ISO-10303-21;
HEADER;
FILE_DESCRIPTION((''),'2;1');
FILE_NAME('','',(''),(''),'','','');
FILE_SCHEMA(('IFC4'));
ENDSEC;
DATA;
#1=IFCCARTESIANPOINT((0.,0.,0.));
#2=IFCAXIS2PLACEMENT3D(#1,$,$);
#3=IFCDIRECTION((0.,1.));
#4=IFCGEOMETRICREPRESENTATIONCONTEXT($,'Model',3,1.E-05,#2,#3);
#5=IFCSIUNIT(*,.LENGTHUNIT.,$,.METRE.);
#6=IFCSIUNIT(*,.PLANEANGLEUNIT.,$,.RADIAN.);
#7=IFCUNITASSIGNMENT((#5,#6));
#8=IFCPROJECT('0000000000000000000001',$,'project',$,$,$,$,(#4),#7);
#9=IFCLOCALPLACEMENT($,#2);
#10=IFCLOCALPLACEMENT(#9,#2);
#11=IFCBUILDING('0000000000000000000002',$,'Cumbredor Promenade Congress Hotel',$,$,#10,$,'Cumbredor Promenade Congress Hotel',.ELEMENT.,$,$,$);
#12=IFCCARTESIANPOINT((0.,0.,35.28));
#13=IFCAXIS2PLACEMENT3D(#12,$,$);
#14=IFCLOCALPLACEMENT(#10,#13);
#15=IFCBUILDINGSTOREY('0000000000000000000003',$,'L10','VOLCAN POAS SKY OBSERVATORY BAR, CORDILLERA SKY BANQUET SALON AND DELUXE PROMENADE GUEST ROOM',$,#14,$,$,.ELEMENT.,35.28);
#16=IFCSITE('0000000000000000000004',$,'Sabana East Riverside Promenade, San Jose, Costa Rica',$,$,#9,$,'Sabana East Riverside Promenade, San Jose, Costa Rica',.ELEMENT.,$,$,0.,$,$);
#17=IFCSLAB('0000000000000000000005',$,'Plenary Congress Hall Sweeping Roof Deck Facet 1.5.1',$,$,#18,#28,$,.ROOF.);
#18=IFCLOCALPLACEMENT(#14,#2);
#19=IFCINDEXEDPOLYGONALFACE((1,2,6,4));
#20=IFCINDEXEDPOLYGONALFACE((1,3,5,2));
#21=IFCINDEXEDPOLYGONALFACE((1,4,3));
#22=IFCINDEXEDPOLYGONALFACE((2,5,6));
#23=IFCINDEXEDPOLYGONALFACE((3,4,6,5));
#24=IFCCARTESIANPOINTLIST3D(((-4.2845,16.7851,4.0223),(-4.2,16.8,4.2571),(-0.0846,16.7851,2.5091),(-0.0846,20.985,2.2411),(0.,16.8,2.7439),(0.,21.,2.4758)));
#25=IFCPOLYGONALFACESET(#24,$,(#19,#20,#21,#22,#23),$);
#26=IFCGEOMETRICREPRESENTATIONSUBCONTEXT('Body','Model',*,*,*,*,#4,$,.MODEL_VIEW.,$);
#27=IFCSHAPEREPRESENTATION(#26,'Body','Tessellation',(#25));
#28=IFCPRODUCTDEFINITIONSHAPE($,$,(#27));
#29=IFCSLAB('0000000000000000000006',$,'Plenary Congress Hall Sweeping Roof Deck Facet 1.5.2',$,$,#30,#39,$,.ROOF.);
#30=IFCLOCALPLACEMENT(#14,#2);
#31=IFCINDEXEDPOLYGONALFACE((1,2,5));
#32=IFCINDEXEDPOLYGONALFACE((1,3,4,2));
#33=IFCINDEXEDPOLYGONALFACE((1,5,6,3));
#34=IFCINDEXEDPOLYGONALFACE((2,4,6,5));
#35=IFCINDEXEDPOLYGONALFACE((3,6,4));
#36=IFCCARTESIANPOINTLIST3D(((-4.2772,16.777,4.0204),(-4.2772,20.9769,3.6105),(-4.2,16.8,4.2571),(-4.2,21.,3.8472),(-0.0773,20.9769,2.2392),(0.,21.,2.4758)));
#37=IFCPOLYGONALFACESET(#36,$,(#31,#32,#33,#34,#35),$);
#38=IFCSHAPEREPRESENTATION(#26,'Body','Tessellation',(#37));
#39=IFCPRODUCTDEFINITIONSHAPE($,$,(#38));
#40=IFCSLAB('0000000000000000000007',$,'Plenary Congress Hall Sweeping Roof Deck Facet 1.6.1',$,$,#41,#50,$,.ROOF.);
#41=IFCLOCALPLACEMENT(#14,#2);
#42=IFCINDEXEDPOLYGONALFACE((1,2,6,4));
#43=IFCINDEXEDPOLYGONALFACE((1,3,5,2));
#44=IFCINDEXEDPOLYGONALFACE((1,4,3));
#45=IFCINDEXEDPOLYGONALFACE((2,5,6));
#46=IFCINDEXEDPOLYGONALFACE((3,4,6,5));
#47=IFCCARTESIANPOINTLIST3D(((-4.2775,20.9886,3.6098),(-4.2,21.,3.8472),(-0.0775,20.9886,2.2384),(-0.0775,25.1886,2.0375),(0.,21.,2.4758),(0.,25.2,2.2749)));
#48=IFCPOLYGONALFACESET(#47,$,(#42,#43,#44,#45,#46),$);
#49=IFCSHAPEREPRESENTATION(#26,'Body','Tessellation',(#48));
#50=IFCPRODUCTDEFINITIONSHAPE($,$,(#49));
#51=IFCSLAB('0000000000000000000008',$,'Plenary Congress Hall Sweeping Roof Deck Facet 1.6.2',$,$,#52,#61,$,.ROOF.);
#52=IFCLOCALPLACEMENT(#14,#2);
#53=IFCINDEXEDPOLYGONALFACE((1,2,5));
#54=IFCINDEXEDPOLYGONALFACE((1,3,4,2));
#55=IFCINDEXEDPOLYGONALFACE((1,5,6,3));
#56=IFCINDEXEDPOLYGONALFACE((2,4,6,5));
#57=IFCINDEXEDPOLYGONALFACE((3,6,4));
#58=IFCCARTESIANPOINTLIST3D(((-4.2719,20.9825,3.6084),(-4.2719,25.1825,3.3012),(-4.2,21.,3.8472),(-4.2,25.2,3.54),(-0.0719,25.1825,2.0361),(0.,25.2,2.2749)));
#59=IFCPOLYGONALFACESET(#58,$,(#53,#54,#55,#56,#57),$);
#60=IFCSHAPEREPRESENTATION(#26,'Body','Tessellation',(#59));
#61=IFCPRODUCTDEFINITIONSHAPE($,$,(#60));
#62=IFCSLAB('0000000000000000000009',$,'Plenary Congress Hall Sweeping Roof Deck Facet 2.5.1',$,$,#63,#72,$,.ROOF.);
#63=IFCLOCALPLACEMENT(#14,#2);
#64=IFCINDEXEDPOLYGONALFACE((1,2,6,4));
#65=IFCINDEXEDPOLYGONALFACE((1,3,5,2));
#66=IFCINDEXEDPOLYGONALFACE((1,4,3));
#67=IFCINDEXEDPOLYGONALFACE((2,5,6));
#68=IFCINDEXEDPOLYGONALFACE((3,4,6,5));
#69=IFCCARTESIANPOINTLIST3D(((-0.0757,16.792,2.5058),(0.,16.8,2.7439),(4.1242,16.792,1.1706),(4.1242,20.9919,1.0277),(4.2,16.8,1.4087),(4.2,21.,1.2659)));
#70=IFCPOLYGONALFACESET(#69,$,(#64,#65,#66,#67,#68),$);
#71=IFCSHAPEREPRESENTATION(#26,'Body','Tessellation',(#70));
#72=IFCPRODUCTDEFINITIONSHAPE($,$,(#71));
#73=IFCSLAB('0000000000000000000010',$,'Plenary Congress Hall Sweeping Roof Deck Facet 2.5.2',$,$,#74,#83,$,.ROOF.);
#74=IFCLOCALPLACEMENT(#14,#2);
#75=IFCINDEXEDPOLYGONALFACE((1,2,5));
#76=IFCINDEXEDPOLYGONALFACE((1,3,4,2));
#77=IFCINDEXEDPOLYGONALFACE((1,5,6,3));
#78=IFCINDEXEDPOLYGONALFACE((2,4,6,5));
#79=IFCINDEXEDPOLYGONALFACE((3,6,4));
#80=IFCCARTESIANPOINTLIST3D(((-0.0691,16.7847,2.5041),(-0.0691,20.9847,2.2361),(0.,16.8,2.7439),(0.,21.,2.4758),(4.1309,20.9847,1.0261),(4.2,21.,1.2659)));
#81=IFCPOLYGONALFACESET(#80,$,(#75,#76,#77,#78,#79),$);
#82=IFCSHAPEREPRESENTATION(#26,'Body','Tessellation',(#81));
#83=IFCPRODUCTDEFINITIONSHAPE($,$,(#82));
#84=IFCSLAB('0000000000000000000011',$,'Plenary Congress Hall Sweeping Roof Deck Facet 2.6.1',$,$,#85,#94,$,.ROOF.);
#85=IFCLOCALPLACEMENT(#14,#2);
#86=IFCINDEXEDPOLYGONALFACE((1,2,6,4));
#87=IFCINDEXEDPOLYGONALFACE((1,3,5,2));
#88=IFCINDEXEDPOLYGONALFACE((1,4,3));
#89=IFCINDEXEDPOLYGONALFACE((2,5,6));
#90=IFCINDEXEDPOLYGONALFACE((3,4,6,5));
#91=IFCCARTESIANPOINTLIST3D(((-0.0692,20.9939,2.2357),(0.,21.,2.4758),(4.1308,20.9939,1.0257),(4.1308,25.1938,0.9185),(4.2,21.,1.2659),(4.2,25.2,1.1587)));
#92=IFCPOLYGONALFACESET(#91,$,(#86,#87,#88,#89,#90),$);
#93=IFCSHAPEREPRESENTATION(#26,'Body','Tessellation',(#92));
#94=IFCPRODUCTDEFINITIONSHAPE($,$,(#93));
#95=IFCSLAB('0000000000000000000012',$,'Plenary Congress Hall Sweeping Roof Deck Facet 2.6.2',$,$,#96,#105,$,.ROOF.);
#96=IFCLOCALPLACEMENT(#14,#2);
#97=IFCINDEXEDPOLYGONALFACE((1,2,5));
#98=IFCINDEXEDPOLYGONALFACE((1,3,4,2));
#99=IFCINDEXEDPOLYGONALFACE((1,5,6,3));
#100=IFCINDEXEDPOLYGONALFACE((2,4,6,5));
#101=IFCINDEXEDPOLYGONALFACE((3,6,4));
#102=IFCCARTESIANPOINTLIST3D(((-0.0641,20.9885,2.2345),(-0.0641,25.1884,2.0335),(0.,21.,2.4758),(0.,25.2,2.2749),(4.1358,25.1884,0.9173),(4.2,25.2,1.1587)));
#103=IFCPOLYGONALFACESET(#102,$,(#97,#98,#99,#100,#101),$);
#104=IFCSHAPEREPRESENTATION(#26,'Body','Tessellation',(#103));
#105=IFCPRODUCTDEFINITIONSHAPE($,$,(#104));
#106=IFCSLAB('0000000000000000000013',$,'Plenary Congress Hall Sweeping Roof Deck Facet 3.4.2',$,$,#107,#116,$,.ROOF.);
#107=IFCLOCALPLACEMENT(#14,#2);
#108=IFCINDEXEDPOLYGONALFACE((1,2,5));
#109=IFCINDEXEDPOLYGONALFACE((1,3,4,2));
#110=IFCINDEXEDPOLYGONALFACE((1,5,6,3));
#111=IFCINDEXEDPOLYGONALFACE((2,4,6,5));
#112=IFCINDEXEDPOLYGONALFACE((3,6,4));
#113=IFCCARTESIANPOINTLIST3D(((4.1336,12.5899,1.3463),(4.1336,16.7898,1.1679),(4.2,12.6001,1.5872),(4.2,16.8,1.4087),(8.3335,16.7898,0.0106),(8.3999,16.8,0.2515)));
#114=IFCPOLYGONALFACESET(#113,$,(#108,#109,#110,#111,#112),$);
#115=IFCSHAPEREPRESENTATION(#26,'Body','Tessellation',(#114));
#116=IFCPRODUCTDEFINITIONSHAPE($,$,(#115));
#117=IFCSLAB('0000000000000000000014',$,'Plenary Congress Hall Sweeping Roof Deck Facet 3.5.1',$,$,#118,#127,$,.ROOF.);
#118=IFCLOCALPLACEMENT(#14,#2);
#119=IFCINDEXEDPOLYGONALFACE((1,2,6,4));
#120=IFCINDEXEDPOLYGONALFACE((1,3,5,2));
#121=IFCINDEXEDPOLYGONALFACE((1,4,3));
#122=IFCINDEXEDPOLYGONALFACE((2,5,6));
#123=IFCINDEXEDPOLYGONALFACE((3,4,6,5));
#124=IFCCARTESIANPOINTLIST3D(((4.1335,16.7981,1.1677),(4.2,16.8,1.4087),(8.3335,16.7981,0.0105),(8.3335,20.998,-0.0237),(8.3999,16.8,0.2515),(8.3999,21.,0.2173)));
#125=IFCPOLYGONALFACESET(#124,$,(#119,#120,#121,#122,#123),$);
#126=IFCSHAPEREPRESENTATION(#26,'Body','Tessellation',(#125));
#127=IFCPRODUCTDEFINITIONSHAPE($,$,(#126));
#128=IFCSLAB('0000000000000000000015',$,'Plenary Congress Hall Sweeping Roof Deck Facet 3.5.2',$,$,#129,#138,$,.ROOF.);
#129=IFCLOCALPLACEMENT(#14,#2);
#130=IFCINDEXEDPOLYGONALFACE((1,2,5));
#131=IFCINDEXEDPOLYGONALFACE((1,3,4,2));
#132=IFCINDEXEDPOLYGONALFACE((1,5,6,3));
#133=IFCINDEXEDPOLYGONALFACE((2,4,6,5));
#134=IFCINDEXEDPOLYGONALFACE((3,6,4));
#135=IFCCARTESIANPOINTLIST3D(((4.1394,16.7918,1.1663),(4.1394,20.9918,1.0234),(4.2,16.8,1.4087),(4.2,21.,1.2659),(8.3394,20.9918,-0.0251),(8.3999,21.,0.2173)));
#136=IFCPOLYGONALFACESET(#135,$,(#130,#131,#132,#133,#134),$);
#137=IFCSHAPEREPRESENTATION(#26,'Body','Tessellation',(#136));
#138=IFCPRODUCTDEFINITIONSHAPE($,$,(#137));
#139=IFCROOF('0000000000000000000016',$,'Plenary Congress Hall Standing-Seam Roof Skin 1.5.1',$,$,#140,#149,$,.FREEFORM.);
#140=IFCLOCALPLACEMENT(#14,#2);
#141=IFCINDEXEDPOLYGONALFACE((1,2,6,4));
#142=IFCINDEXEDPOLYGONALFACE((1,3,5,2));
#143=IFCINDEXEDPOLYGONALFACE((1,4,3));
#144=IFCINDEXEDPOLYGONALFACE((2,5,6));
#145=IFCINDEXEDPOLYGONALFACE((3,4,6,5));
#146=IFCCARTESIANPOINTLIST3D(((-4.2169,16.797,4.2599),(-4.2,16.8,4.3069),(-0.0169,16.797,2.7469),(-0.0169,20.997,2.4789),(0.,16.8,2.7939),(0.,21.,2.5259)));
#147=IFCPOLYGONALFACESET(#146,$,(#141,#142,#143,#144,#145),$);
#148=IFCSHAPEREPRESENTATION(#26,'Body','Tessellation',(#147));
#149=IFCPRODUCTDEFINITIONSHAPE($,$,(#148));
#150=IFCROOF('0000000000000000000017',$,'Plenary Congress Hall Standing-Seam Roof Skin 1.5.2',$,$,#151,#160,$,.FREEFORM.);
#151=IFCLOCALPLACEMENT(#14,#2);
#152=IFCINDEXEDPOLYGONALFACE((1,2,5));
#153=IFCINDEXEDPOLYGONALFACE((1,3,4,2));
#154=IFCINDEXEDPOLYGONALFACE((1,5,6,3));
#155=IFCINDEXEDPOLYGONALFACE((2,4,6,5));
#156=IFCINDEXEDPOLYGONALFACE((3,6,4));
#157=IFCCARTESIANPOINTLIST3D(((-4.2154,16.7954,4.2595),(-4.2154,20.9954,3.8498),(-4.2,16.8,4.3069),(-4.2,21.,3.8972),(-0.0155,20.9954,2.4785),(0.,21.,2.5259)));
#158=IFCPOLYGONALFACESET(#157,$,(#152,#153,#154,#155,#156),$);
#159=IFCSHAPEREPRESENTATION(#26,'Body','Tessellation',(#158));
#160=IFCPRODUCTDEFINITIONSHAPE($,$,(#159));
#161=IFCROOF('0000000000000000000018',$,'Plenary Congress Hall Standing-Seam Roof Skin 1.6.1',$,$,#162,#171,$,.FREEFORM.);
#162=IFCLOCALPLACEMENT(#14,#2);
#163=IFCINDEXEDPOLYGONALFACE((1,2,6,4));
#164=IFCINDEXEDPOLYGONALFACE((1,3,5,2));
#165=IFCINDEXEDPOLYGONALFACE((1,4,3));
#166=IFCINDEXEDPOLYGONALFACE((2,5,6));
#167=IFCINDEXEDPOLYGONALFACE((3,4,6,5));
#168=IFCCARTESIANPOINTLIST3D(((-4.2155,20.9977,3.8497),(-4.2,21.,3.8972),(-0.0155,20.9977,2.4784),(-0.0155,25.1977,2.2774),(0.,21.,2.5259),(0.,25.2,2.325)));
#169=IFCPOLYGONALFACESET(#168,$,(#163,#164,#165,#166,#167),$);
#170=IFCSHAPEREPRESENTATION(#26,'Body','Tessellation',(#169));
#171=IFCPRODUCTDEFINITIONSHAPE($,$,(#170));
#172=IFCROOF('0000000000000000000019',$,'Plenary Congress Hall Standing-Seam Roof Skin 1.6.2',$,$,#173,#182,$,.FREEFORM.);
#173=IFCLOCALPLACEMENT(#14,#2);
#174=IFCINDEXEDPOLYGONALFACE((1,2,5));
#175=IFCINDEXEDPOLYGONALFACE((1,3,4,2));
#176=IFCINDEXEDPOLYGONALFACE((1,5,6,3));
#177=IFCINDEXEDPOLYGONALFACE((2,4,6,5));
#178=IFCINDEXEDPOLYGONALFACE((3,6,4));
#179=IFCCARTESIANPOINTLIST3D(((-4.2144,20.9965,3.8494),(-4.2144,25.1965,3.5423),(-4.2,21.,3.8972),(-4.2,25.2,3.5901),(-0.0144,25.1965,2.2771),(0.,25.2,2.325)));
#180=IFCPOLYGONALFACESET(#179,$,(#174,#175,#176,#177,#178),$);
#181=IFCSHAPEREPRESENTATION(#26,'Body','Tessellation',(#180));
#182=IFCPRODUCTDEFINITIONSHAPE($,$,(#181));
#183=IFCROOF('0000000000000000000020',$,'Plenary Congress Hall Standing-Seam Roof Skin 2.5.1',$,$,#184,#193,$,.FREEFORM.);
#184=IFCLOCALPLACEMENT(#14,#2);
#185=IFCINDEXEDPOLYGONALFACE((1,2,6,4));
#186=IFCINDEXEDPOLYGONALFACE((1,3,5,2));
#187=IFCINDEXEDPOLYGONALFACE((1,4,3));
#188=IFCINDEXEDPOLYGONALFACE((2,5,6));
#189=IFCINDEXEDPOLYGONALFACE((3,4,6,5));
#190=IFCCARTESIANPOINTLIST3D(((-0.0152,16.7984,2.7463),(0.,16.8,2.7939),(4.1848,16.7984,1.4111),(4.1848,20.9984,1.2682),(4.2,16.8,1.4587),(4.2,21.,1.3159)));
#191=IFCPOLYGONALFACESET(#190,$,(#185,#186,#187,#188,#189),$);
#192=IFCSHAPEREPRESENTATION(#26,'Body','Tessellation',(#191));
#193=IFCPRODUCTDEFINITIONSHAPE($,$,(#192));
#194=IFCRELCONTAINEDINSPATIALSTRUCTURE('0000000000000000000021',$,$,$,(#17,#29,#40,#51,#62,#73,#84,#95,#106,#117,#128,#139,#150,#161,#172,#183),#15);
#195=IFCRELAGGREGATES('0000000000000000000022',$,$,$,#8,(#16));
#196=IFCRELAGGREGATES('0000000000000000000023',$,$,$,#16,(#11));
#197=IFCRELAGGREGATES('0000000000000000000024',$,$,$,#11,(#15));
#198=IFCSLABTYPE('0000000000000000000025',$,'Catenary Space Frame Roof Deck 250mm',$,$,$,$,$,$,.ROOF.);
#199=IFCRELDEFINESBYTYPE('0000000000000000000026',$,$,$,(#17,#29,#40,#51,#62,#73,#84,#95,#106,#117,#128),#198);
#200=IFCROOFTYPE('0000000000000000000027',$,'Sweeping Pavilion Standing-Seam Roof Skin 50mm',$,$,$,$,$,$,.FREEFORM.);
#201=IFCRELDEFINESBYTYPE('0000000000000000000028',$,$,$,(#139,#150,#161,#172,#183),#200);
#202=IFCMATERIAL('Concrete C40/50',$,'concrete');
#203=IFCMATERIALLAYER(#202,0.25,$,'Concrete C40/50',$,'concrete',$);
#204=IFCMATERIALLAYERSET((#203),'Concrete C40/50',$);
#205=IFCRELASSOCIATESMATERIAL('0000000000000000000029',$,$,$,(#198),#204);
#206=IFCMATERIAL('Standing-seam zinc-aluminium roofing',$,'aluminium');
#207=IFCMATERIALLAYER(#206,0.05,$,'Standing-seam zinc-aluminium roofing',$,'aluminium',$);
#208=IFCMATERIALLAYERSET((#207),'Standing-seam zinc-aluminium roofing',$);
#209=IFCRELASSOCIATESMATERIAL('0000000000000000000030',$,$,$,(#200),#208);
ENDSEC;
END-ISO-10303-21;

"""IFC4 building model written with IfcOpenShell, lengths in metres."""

from ifc_helpers import new_model, si_unit, direction, frame, origin, place, context, subcontext, project, spatial, polyline, outline, extrude, material, layer, layer_set, type_object, element, save


model = new_model("IFC4")

# Units and contexts
model_context = context("Model", 3, precision=1e-05, world=origin(), true_north=direction((0.0, 1.0)))
body_context = subcontext(model_context, "Body", "Model", "MODEL_VIEW")
ifc_project = project(units=[si_unit("LENGTHUNIT", "METRE"), si_unit("PLANEANGLEUNIT", "RADIAN")], contexts=[model_context])

# Site, building, storey
site_placement = place(None, origin())
site = spatial("IfcSite", under=ifc_project, at=site_placement, Name="Sabana East Riverside Promenade, San Jose, Costa Rica", LongName="Sabana East Riverside Promenade, San Jose, Costa Rica", CompositionType="ELEMENT", RefElevation=0.0)
building_placement = place(site_placement, origin())
building = spatial("IfcBuilding", under=site, at=building_placement, Name="Cumbredor Promenade Congress Hotel", LongName="Cumbredor Promenade Congress Hotel", CompositionType="ELEMENT")
storey_placement = place(building_placement, frame((0.0, 0.0, 35.28)))
storey = spatial("IfcBuildingStorey", under=building, at=storey_placement, Name="L10", Description="VOLCAN POAS SKY OBSERVATORY BAR, CORDILLERA SKY BANQUET SALON AND DELUXE PROMENADE GUEST ROOM", CompositionType="ELEMENT", Elevation=35.28)

# Slabs
ifc_material_1 = material(Name="Concrete C40/50", Category="concrete")
ifc_layer_1 = layer(ifc_material_1, 0.25, Name="Concrete C40/50", Category="concrete")
ifc_layer_set_1 = layer_set([ifc_layer_1], Name="Concrete C40/50")
slab_type = type_object("IfcSlabType", Name="Catenary Space Frame Roof Deck 250mm", PredefinedType="ROOF", material=ifc_layer_set_1)
slab_1_placement = place(storey_placement, frame((-4.2, 16.8, 4.2571), z_axis=(0.338348, 0.05994, 0.93911), x_axis=(0.940802, 0.0, -0.338958)))
element("IfcSlab", 1, at=slab_1_placement, inside=storey, type_object=slab_type, Name="Plenary Congress Hall Sweeping Roof Deck Facet 1.5.1", PredefinedType="ROOF", context=body_context, shape_type="SweptSolid", body=[
    extrude(outline(polyline([(0.0, 0.0), (4.4642, 0.0), (4.5551, 4.2075), (0.0, 0.0)])), origin(), (0.0, 0.0, -1.0), 0.25),
])
slab_2_placement = place(storey_placement, frame((-4.2, 16.8, 4.2571), z_axis=(0.309059, 0.092382, 0.946545), x_axis=(0.677305, 0.677305, -0.287253)))
element("IfcSlab", 2, at=slab_2_placement, inside=storey, type_object=slab_type, Name="Plenary Congress Hall Sweeping Roof Deck Facet 1.5.2", PredefinedType="ROOF", context=body_context, shape_type="SweptSolid", body=[
    extrude(outline(polyline([(0.0, 0.0), (6.201, 0.0), (2.9624, 3.0053), (0.0, 0.0)])), origin(), (0.0, 0.0, -1.0), 0.25),
])
slab_3_placement = place(storey_placement, frame((-4.2, 21.0, 3.8472), z_axis=(0.310066, 0.045431, 0.949629), x_axis=(0.95061, 0.0, -0.310386)))
element("IfcSlab", 3, at=slab_3_placement, inside=storey, type_object=slab_type, Name="Plenary Congress Hall Sweeping Roof Deck Facet 1.6.1", PredefinedType="ROOF", context=body_context, shape_type="SweptSolid", body=[
    extrude(outline(polyline([(0.0, 0.0), (4.4182, 0.0), (4.4805, 4.2043), (0.0, 0.0)])), origin(), (0.0, 0.0, -1.0), 0.25),
])
slab_4_placement = place(storey_placement, frame((-4.2, 21.0, 3.8472), z_axis=(0.287721, 0.069848, 0.955164), x_axis=(0.683564, 0.683564, -0.255894)))
element("IfcSlab", 4, at=slab_4_placement, inside=storey, type_object=slab_type, Name="Plenary Congress Hall Sweeping Roof Deck Facet 1.6.2", PredefinedType="ROOF", context=body_context, shape_type="SweptSolid", body=[
    extrude(outline(polyline([(0.0, 0.0), (6.1442, 0.0), (2.9495, 3.0057), (0.0, 0.0)])), origin(), (0.0, 0.0, -1.0), 0.25),
])
slab_5_placement = place(storey_placement, frame((0.0, 16.8, 2.7439), z_axis=(0.302809, 0.03239, 0.952501), x_axis=(0.953001, 0.0, -0.302968)))
element("IfcSlab", 5, at=slab_5_placement, inside=storey, type_object=slab_type, Name="Plenary Congress Hall Sweeping Roof Deck Facet 2.5.1", PredefinedType="ROOF", context=body_context, shape_type="SweptSolid", body=[
    extrude(outline(polyline([(0.0, 0.0), (4.4071, 0.0), (4.4504, 4.2022), (0.0, 0.0)])), origin(), (0.0, 0.0, -1.0), 0.25),
])
slab_6_placement = place(storey_placement, frame((0.0, 16.8, 2.7439), z_axis=(0.276311, 0.061217, 0.959117), x_axis=(0.686181, 0.686181, -0.241478)))
element("IfcSlab", 6, at=slab_6_placement, inside=storey, type_object=slab_type, Name="Plenary Congress Hall Sweeping Roof Deck Facet 2.5.2", PredefinedType="ROOF", context=body_context, shape_type="SweptSolid", body=[
    extrude(outline(polyline([(0.0, 0.0), (6.1208, 0.0), (2.9467, 3.0048), (0.0, 0.0)])), origin(), (0.0, 0.0, -1.0), 0.25),
])
slab_7_placement = place(storey_placement, frame((0.0, 21.0, 2.4758), z_axis=(0.276747, 0.024514, 0.96063), x_axis=(0.960919, 0.0, -0.27683)))
element("IfcSlab", 7, at=slab_7_placement, inside=storey, type_object=slab_type, Name="Plenary Congress Hall Sweeping Roof Deck Facet 2.6.1", PredefinedType="ROOF", context=body_context, shape_type="SweptSolid", body=[
    extrude(outline(polyline([(0.0, 0.0), (4.3708, 0.0), (4.4004, 4.2012), (0.0, 0.0)])), origin(), (0.0, 0.0, -1.0), 0.25),
])
slab_8_placement = place(storey_placement, frame((0.0, 21.0, 2.4758), z_axis=(0.256577, 0.046186, 0.96542), x_axis=(0.690337, 0.690337, -0.216495)))
element("IfcSlab", 8, at=slab_8_placement, inside=storey, type_object=slab_type, Name="Plenary Congress Hall Sweeping Roof Deck Facet 2.6.2", PredefinedType="ROOF", context=body_context, shape_type="SweptSolid", body=[
    extrude(outline(polyline([(0.0, 0.0), (6.0839, 0.0), (2.9429, 3.0032), (0.0, 0.0)])), origin(), (0.0, 0.0, -1.0), 0.25),
])
slab_9_placement = place(storey_placement, frame((4.2, 12.6001, 1.5872), z_axis=(0.265412, 0.040932, 0.963266), x_axis=(0.689878, 0.689878, -0.219399)))
element("IfcSlab", 9, at=slab_9_placement, inside=storey, type_object=slab_type, Name="Plenary Congress Hall Sweeping Roof Deck Facet 3.4.2", PredefinedType="ROOF", context=body_context, shape_type="SweptSolid", body=[
    extrude(outline(polyline([(0.0, 0.0), (6.088, 0.0), (2.9366, 3.0079), (0.0, 0.0)])), origin(), (0.0, 0.0, -1.0), 0.25),
])
slab_10_placement = place(storey_placement, frame((4.2, 16.8, 1.4087), z_axis=(0.265626, 0.007846, 0.964044), x_axis=(0.964074, 0.0, -0.265634)))
element("IfcSlab", 10, at=slab_10_placement, inside=storey, type_object=slab_type, Name="Plenary Congress Hall Sweeping Roof Deck Facet 3.5.1", PredefinedType="ROOF", context=body_context, shape_type="SweptSolid", body=[
    extrude(outline(polyline([(0.0, 0.0), (4.3565, 0.0), (4.3655, 4.2001), (0.0, 0.0)])), origin(), (0.0, 0.0, -1.0), 0.25),
])
slab_11_placement = place(storey_placement, frame((4.2, 16.8, 1.4087), z_axis=(0.242099, 0.032975, 0.969691), x_axis=(0.693297, 0.693297, -0.196669)))
element("IfcSlab", 11, at=slab_11_placement, inside=storey, type_object=slab_type, Name="Plenary Congress Hall Sweeping Roof Deck Facet 3.5.2", PredefinedType="ROOF", context=body_context, shape_type="SweptSolid", body=[
    extrude(outline(polyline([(0.0, 0.0), (6.0579, 0.0), (2.9399, 3.0028), (0.0, 0.0)])), origin(), (0.0, 0.0, -1.0), 0.25),
])

# Roofs
ifc_material_2 = material(Name="Standing-seam zinc-aluminium roofing", Category="aluminium")
ifc_layer_2 = layer(ifc_material_2, 0.05, Name="Standing-seam zinc-aluminium roofing", Category="aluminium")
ifc_layer_set_2 = layer_set([ifc_layer_2], Name="Standing-seam zinc-aluminium roofing")
roof_type = type_object("IfcRoofType", Name="Sweeping Pavilion Standing-Seam Roof Skin 50mm", PredefinedType="FREEFORM", material=ifc_layer_set_2)
roof_1_placement = place(storey_placement, frame((-4.2, 16.8, 4.3069), z_axis=(0.3383, 0.059941, 0.939127), x_axis=(0.940819, 0.0, -0.338909)))
element("IfcRoof", 12, at=roof_1_placement, inside=storey, type_object=roof_type, Name="Plenary Congress Hall Standing-Seam Roof Skin 1.5.1", PredefinedType="FREEFORM", context=body_context, shape_type="SweptSolid", body=[
    extrude(outline(polyline([(0.0, 0.0), (4.4641, 0.0), (4.555, 4.2075), (0.0, 0.0)])), origin(), (0.0, 0.0, -1.0), 0.05),
])
roof_2_placement = place(storey_placement, frame((-4.2, 16.8, 4.3069), z_axis=(0.309061, 0.092328, 0.94655), x_axis=(0.677313, 0.677313, -0.287217)))
element("IfcRoof", 13, at=roof_2_placement, inside=storey, type_object=roof_type, Name="Plenary Congress Hall Standing-Seam Roof Skin 1.5.2", PredefinedType="FREEFORM", context=body_context, shape_type="SweptSolid", body=[
    extrude(outline(polyline([(0.0, 0.0), (6.2009, 0.0), (2.9623, 3.0053), (0.0, 0.0)])), origin(), (0.0, 0.0, -1.0), 0.05),
])
roof_3_placement = place(storey_placement, frame((-4.2, 21.0, 3.8972), z_axis=(0.310066, 0.045431, 0.949629), x_axis=(0.95061, 0.0, -0.310386)))
element("IfcRoof", 14, at=roof_3_placement, inside=storey, type_object=roof_type, Name="Plenary Congress Hall Standing-Seam Roof Skin 1.6.1", PredefinedType="FREEFORM", context=body_context, shape_type="SweptSolid", body=[
    extrude(outline(polyline([(0.0, 0.0), (4.4182, 0.0), (4.4805, 4.2043), (0.0, 0.0)])), origin(), (0.0, 0.0, -1.0), 0.05),
])
roof_4_placement = place(storey_placement, frame((-4.2, 21.0, 3.8972), z_axis=(0.287721, 0.069848, 0.955164), x_axis=(0.683564, 0.683564, -0.255894)))
element("IfcRoof", 15, at=roof_4_placement, inside=storey, type_object=roof_type, Name="Plenary Congress Hall Standing-Seam Roof Skin 1.6.2", PredefinedType="FREEFORM", context=body_context, shape_type="SweptSolid", body=[
    extrude(outline(polyline([(0.0, 0.0), (6.1442, 0.0), (2.9495, 3.0057), (0.0, 0.0)])), origin(), (0.0, 0.0, -1.0), 0.05),
])
roof_5_placement = place(storey_placement, frame((0.0, 16.8, 2.7939), z_axis=(0.302809, 0.03239, 0.952501), x_axis=(0.953001, 0.0, -0.302968)))
element("IfcRoof", 16, at=roof_5_placement, inside=storey, type_object=roof_type, Name="Plenary Congress Hall Standing-Seam Roof Skin 2.5.1", PredefinedType="FREEFORM", context=body_context, shape_type="SweptSolid", body=[
    extrude(outline(polyline([(0.0, 0.0), (4.4071, 0.0), (4.4504, 4.2022), (0.0, 0.0)])), origin(), (0.0, 0.0, -1.0), 0.05),
])

save(model, "model.ifc")
